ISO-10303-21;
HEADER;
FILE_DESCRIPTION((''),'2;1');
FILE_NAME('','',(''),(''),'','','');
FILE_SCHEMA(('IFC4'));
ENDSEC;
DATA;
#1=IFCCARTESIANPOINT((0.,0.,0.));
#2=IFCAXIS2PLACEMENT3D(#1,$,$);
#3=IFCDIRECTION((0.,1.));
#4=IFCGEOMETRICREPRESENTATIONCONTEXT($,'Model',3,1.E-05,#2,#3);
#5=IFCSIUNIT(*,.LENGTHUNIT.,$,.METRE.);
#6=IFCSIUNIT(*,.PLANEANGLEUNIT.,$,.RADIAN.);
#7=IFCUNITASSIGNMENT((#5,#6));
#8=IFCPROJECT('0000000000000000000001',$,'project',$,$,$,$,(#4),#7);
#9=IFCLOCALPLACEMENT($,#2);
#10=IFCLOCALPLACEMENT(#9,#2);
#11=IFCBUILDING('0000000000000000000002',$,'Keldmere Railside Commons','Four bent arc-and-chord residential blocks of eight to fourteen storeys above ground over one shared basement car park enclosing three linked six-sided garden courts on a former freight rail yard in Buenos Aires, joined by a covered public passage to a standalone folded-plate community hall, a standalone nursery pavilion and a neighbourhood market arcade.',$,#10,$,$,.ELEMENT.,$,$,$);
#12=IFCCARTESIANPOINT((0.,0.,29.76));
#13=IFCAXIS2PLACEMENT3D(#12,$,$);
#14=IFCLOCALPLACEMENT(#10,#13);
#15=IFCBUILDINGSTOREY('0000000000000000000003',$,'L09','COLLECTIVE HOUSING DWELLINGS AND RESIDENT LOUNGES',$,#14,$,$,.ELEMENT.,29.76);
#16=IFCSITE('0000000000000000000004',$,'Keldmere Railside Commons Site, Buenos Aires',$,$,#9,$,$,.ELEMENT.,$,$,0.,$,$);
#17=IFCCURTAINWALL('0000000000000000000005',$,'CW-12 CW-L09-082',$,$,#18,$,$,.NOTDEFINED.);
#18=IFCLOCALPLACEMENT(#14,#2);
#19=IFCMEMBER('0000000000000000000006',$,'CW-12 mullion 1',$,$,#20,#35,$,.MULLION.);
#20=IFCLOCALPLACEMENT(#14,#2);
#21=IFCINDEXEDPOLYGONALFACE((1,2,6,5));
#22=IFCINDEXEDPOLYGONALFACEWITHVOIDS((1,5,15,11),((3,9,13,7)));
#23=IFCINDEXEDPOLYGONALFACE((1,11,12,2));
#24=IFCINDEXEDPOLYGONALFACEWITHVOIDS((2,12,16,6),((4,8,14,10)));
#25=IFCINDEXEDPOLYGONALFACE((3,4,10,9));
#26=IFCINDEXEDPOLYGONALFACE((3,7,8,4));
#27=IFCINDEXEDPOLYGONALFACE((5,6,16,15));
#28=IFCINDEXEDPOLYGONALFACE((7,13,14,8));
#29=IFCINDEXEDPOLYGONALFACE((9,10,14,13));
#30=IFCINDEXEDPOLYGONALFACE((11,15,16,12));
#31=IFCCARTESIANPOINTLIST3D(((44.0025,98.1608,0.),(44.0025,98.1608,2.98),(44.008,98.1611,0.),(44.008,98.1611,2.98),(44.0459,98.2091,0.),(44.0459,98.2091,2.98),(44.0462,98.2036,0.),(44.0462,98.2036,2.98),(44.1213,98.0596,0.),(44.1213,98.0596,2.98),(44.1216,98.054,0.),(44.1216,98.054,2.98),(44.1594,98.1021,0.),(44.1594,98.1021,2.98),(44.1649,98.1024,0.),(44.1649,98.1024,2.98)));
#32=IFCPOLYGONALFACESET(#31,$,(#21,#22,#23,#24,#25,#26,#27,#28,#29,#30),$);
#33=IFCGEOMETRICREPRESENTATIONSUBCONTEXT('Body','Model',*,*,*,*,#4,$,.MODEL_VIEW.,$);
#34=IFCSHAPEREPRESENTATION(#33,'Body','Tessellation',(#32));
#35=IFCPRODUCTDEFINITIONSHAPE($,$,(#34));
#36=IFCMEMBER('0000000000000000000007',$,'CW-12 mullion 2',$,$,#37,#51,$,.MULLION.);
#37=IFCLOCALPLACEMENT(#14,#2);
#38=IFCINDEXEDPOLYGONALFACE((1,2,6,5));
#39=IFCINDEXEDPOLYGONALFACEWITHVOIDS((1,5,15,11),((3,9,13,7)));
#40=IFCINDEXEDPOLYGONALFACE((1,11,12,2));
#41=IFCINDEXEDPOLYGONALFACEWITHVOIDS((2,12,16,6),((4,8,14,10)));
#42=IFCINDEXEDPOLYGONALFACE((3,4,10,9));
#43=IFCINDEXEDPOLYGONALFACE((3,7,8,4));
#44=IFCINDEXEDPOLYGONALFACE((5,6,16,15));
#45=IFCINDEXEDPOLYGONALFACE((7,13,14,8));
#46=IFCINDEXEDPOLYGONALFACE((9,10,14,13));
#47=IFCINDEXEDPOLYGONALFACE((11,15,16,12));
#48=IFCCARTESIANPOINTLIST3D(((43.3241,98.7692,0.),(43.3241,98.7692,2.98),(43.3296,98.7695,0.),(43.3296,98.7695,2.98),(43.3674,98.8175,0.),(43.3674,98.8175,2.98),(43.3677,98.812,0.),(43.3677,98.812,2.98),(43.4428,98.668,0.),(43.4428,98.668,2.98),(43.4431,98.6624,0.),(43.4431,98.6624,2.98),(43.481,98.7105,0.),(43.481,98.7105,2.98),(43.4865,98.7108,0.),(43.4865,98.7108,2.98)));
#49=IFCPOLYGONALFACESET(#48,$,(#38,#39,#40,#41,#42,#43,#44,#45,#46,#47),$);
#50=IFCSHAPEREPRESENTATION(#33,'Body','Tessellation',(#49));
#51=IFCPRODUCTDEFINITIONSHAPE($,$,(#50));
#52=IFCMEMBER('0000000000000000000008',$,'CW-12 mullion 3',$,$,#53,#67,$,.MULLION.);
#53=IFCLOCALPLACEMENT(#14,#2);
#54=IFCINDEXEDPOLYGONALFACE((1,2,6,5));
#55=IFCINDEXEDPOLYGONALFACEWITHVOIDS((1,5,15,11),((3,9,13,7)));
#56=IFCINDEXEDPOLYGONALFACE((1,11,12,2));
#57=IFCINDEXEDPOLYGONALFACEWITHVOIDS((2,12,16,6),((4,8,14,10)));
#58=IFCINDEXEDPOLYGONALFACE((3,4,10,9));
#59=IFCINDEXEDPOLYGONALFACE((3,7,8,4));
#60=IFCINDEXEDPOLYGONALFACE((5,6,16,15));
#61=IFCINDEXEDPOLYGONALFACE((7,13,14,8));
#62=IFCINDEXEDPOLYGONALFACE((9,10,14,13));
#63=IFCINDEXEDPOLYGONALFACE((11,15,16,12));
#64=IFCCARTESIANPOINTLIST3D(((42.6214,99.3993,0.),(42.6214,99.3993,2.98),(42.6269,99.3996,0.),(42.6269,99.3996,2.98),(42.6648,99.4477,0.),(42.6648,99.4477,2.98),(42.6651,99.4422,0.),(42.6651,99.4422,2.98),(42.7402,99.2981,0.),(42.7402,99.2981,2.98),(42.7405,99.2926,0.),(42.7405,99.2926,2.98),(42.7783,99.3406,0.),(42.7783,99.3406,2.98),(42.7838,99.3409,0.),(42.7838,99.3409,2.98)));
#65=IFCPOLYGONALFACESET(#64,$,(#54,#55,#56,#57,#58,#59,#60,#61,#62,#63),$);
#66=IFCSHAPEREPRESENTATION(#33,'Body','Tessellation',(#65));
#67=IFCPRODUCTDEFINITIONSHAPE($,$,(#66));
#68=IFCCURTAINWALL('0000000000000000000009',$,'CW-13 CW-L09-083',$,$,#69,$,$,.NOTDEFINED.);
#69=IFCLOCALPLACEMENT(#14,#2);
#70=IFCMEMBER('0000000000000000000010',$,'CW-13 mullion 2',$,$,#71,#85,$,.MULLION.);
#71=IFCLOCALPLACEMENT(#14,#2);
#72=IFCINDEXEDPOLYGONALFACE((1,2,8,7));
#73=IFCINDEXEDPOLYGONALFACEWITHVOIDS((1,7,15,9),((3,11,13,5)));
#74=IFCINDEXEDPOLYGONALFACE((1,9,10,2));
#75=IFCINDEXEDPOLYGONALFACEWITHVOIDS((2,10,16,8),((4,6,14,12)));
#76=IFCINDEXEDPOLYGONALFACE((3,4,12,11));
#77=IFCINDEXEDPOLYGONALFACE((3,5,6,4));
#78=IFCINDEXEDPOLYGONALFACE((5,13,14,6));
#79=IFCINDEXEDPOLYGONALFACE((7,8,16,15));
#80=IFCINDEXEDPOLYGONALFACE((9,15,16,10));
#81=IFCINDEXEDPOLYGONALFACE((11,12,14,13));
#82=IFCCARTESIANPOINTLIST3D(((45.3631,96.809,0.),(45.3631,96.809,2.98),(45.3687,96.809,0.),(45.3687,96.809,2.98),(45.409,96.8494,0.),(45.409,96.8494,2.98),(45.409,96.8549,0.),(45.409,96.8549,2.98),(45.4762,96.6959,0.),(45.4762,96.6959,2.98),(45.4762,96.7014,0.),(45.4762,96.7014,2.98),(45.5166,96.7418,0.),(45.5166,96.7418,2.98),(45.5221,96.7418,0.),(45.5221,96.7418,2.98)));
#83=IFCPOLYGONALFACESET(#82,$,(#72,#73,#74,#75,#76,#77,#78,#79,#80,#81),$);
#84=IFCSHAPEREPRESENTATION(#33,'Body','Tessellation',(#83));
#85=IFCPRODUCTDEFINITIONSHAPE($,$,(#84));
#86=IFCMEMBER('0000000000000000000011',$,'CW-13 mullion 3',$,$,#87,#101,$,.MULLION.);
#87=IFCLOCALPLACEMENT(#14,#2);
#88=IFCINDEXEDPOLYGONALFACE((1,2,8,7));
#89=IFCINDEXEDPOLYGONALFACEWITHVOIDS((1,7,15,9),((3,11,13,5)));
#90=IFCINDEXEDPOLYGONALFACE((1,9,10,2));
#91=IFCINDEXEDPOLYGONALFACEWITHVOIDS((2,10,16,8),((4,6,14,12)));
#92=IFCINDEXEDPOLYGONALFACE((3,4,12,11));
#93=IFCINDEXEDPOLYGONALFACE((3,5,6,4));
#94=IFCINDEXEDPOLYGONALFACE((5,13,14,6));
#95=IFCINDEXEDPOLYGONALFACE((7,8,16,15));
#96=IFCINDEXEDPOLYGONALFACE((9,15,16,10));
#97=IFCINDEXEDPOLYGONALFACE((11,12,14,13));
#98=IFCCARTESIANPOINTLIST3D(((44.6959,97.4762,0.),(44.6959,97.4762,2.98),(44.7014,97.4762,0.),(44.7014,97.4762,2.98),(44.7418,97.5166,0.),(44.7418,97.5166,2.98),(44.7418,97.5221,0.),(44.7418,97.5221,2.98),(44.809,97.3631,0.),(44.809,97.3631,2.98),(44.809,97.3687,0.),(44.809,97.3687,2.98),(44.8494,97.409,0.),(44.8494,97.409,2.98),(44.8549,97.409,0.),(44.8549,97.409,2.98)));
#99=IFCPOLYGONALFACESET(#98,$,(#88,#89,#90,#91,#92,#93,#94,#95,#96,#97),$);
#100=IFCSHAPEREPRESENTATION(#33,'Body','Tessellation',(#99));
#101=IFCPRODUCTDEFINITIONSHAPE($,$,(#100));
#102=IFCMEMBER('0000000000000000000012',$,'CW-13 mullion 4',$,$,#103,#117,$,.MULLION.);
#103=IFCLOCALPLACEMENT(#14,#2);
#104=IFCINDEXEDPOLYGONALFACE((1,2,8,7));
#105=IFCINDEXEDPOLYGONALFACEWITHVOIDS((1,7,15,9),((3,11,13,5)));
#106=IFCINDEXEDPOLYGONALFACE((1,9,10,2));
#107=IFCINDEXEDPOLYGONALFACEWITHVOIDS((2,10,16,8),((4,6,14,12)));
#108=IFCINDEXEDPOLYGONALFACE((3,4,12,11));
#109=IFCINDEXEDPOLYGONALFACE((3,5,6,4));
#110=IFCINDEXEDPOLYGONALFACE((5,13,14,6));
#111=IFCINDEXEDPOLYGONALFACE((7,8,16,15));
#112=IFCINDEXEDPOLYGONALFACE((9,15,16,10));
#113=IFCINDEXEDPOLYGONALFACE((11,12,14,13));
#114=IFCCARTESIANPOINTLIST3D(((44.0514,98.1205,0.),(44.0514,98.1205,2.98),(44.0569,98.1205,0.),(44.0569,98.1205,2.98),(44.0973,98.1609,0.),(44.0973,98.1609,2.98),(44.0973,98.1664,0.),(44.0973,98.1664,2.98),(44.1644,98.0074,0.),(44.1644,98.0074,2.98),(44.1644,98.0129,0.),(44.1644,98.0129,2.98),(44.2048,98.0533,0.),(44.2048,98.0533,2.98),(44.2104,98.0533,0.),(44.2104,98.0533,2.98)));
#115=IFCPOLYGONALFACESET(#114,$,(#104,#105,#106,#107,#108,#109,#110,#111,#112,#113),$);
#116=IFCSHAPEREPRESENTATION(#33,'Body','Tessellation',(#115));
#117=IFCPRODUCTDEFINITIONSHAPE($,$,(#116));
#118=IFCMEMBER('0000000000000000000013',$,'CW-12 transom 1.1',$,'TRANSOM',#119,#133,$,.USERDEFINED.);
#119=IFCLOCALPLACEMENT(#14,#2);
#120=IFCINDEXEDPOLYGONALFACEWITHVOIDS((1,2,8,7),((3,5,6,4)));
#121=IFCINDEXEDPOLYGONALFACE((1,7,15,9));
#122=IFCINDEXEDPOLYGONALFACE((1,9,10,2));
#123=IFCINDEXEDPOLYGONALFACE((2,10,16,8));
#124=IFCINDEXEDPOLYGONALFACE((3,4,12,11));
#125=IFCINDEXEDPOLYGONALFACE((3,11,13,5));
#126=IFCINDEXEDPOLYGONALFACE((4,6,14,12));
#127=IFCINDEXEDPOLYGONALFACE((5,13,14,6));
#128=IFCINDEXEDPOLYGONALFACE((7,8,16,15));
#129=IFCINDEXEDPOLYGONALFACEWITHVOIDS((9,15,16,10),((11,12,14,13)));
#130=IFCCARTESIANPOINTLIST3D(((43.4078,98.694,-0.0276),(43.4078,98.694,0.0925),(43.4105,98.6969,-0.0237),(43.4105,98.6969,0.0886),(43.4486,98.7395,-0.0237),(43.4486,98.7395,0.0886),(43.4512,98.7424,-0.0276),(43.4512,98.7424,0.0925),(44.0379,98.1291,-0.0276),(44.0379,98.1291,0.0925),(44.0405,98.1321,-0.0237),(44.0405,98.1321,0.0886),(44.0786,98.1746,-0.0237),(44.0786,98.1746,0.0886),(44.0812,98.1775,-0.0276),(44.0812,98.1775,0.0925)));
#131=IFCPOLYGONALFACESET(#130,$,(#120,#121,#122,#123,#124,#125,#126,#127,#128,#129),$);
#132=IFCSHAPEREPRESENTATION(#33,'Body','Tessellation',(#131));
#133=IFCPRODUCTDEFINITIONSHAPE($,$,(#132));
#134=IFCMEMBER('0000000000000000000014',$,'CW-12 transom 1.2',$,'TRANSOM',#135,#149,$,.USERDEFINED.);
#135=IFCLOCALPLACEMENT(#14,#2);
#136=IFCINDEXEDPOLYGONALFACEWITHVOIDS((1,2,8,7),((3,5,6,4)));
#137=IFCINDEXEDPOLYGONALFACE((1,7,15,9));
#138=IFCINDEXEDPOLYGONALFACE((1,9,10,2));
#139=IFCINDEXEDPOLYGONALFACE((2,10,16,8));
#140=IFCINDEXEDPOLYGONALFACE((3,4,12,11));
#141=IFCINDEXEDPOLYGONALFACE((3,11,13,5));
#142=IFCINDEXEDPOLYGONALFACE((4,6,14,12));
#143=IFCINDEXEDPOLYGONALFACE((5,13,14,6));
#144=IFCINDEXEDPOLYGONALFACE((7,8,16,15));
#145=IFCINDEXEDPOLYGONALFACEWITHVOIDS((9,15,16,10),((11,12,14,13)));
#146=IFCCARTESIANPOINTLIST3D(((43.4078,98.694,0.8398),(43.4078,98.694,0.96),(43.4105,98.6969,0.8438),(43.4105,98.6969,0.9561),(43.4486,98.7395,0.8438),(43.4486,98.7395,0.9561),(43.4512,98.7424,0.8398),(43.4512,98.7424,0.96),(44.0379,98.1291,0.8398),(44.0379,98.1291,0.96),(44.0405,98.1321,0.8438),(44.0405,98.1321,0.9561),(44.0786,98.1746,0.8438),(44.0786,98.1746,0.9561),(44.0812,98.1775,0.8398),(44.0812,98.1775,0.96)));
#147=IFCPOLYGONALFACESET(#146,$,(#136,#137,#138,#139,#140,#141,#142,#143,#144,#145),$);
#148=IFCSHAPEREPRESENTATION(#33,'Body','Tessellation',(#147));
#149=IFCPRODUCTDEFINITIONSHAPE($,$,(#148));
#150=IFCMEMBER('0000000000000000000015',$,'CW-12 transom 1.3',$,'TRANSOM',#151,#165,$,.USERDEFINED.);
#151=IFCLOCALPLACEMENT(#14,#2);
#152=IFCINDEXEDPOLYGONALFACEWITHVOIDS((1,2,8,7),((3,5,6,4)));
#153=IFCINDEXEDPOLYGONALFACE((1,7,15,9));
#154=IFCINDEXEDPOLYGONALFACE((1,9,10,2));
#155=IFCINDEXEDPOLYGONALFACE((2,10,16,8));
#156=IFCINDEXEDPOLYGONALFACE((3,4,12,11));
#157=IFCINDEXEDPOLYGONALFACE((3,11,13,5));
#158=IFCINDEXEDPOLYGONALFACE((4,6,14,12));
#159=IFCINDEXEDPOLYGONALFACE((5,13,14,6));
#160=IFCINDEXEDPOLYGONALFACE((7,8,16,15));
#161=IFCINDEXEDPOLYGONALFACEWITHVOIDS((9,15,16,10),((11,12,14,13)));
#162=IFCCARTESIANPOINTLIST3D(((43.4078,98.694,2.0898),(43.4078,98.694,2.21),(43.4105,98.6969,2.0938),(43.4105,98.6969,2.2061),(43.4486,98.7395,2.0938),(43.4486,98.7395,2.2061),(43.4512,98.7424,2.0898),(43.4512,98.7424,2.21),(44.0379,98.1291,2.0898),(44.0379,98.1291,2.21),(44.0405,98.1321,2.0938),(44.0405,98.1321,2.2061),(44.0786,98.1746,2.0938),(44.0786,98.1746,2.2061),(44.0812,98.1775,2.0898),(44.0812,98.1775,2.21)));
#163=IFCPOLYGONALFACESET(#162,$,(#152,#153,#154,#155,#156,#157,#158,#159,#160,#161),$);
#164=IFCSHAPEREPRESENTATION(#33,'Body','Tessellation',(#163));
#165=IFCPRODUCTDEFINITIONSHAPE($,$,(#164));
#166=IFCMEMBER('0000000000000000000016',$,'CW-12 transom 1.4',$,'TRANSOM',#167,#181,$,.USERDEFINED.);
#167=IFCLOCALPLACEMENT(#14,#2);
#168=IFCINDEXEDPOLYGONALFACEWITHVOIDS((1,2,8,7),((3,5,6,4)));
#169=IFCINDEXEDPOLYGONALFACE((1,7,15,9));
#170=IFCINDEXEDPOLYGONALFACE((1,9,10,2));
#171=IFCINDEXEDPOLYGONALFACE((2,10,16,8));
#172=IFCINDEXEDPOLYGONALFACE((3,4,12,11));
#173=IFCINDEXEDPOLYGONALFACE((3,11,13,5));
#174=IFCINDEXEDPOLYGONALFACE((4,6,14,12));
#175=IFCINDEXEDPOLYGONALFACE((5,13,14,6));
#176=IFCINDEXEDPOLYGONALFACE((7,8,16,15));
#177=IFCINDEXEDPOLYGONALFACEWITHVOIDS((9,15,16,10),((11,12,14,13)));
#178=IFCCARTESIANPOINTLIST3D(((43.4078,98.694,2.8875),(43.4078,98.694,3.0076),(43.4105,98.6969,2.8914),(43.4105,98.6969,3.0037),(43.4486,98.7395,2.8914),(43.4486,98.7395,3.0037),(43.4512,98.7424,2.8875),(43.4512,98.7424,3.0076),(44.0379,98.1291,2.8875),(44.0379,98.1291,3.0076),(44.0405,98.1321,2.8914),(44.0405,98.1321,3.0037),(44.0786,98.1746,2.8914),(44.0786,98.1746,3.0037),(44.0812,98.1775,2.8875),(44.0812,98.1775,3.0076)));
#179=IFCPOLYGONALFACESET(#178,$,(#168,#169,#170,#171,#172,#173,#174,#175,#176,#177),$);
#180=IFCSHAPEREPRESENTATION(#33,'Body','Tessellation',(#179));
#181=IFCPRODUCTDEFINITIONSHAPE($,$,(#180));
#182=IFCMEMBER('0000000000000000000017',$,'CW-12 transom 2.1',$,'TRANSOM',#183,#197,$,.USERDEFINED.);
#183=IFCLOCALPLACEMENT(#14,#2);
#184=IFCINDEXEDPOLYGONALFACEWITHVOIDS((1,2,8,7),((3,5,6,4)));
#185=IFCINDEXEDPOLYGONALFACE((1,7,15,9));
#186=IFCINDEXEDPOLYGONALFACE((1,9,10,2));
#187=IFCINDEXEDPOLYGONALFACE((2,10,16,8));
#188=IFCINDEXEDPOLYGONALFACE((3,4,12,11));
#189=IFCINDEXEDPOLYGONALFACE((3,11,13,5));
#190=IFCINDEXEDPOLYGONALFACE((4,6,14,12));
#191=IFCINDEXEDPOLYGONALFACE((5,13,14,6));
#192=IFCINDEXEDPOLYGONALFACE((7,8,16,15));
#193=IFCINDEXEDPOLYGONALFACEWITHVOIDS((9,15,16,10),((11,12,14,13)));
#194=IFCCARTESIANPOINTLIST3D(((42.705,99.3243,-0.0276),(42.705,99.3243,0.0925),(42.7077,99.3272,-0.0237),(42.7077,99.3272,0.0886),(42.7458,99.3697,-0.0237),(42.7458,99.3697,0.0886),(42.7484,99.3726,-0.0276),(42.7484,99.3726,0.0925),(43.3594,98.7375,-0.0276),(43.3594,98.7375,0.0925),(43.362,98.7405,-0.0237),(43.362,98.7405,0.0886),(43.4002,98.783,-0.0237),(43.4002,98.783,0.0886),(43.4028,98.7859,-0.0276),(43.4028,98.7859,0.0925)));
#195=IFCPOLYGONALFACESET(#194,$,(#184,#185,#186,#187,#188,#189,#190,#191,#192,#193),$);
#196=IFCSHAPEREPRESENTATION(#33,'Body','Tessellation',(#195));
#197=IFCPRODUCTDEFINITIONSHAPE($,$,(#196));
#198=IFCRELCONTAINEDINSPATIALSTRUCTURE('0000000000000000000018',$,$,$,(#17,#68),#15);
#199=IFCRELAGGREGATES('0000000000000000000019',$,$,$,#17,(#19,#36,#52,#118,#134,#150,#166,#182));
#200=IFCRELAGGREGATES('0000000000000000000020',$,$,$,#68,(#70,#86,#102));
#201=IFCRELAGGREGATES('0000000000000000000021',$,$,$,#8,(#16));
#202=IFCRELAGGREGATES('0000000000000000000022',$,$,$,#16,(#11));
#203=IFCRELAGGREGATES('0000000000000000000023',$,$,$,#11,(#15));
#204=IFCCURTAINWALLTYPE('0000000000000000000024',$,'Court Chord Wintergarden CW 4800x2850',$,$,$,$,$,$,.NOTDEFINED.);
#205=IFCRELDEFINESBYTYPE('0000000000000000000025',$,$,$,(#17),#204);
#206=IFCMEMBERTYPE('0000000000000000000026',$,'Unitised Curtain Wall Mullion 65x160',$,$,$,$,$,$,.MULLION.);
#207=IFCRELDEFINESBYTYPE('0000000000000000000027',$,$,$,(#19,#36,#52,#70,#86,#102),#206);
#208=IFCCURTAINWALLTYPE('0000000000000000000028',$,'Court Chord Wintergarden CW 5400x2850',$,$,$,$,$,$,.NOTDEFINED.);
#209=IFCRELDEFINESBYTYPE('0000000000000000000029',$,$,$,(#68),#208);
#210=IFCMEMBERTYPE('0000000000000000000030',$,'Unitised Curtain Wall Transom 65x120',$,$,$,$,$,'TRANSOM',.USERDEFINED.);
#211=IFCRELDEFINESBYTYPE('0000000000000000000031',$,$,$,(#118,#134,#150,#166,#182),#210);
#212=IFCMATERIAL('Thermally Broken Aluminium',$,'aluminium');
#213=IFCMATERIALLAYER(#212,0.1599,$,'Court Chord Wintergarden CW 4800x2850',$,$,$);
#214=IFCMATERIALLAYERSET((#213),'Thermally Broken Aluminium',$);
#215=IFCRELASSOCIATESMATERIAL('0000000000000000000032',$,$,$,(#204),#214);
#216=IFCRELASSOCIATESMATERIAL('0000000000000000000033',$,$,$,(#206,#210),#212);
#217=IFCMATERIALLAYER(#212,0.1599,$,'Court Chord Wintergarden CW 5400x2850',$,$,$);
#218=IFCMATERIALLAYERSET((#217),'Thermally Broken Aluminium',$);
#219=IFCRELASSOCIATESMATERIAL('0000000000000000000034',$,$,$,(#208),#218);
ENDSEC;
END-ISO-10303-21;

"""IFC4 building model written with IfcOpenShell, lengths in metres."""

from ifc_helpers import new_model, si_unit, direction, frame, origin, origin_2d, place, context, subcontext, project, spatial, hollow_rectangle, extrude, material, layer, layer_set, material_profile, profile_set, type_object, element, aggregate, save


model = new_model("IFC4")

# Units and contexts
model_context = context("Model", 3, precision=1e-05, world=origin(), true_north=direction((0.0, 1.0)))
body_context = subcontext(model_context, "Body", "Model", "MODEL_VIEW")
ifc_project = project(units=[si_unit("LENGTHUNIT", "METRE"), si_unit("PLANEANGLEUNIT", "RADIAN")], contexts=[model_context])

# Site, building, storey
site_placement = place(None, origin())
site = spatial("IfcSite", under=ifc_project, at=site_placement, Name="Keldmere Railside Commons Site, Buenos Aires", CompositionType="ELEMENT", RefElevation=0.0)
building_placement = place(site_placement, origin())
building = spatial("IfcBuilding", under=site, at=building_placement, Name="Keldmere Railside Commons", Description="Four bent arc-and-chord residential blocks of eight to fourteen storeys above ground over one shared basement car park enclosing three linked six-sided garden courts on a former freight rail yard in Buenos Aires, joined by a covered public passage to a standalone folded-plate community hall, a standalone nursery pavilion and a neighbourhood market arcade.", CompositionType="ELEMENT")
storey_placement = place(building_placement, frame((0.0, 0.0, 29.76)))
storey = spatial("IfcBuildingStorey", under=building, at=storey_placement, Name="L09", Description="COLLECTIVE HOUSING DWELLINGS AND RESIDENT LOUNGES", CompositionType="ELEMENT", Elevation=29.76)

# Curtain walls, members
ifc_material_1 = material(Name="Thermally Broken Aluminium", Category="aluminium")
ifc_layer_1 = layer(ifc_material_1, 0.1599, Name="Court Chord Wintergarden CW 4800x2850")
ifc_layer_set_1 = layer_set([ifc_layer_1], Name="Thermally Broken Aluminium")
curtain_wall_type_1 = type_object("IfcCurtainWallType", Name="Court Chord Wintergarden CW 4800x2850", PredefinedType="NOTDEFINED", material=ifc_layer_set_1)
curtain_wall_1_placement = place(storey_placement, origin())
curtain_wall_1 = element("IfcCurtainWall", 1, at=curtain_wall_1_placement, inside=storey, type_object=curtain_wall_type_1, Name="CW-12 CW-L09-082", PredefinedType="NOTDEFINED")
ifc_material_profile_1 = material_profile(ifc_material_1, hollow_rectangle(XDim=0.0649, YDim=0.1599, WallThickness=0.0039, at=origin_2d()), Name="ALU-MULL-65x160")
ifc_profile_set_1 = profile_set([ifc_material_profile_1], Name="Thermally Broken Aluminium")
member_type_1 = type_object("IfcMemberType", Name="Unitised Curtain Wall Mullion 65x160", PredefinedType="MULLION", material=ifc_profile_set_1)
member_1_placement = place(storey_placement, frame((44.0837, 98.1316, 0.0), z_axis=(0.0, 0.0, 1.0), x_axis=(-0.667559, -0.744557, 0.0)))
member_1 = element("IfcMember", 2, at=member_1_placement, type_object=member_type_1, Name="CW-12 mullion 1", PredefinedType="MULLION", context=body_context, shape_type="SweptSolid", body=[
    extrude(hollow_rectangle(XDim=0.0649, YDim=0.1599, WallThickness=0.0039, at=origin_2d()), origin(), (0.0, 0.0, 1.0), 2.98),
])
member_2_placement = place(storey_placement, frame((43.4053, 98.74, 0.0), z_axis=(0.0, 0.0, 1.0), x_axis=(-0.667559, -0.744557, 0.0)))
member_2 = element("IfcMember", 3, at=member_2_placement, type_object=member_type_1, Name="CW-12 mullion 2", PredefinedType="MULLION", context=body_context, shape_type="SweptSolid", body=[
    extrude(hollow_rectangle(XDim=0.0649, YDim=0.1599, WallThickness=0.0039, at=origin_2d()), origin(), (0.0, 0.0, 1.0), 2.98),
])
member_3_placement = place(storey_placement, frame((42.7026, 99.3701, 0.0), z_axis=(0.0, 0.0, 1.0), x_axis=(-0.667559, -0.744557, 0.0)))
member_3 = element("IfcMember", 4, at=member_3_placement, type_object=member_type_1, Name="CW-12 mullion 3", PredefinedType="MULLION", context=body_context, shape_type="SweptSolid", body=[
    extrude(hollow_rectangle(XDim=0.0649, YDim=0.1599, WallThickness=0.0039, at=origin_2d()), origin(), (0.0, 0.0, 1.0), 2.98),
])
ifc_layer_2 = layer(ifc_material_1, 0.1599, Name="Court Chord Wintergarden CW 5400x2850")
ifc_layer_set_2 = layer_set([ifc_layer_2], Name="Thermally Broken Aluminium")
curtain_wall_type_2 = type_object("IfcCurtainWallType", Name="Court Chord Wintergarden CW 5400x2850", PredefinedType="NOTDEFINED", material=ifc_layer_set_2)
curtain_wall_2_placement = place(storey_placement, origin())
curtain_wall_2 = element("IfcCurtainWall", 5, at=curtain_wall_2_placement, inside=storey, type_object=curtain_wall_type_2, Name="CW-13 CW-L09-083", PredefinedType="NOTDEFINED")
member_4_placement = place(storey_placement, frame((45.4426, 96.7754, 0.0), z_axis=(0.0, 0.0, 1.0), x_axis=(-0.707107, -0.707107, 0.0)))
member_4 = element("IfcMember", 6, at=member_4_placement, type_object=member_type_1, Name="CW-13 mullion 2", PredefinedType="MULLION", context=body_context, shape_type="SweptSolid", body=[
    extrude(hollow_rectangle(XDim=0.0649, YDim=0.1599, WallThickness=0.0039, at=origin_2d()), origin(), (0.0, 0.0, 1.0), 2.98),
])
member_5_placement = place(storey_placement, frame((44.7754, 97.4426, 0.0), z_axis=(0.0, 0.0, 1.0), x_axis=(-0.707107, -0.707107, 0.0)))
member_5 = element("IfcMember", 7, at=member_5_placement, type_object=member_type_1, Name="CW-13 mullion 3", PredefinedType="MULLION", context=body_context, shape_type="SweptSolid", body=[
    extrude(hollow_rectangle(XDim=0.0649, YDim=0.1599, WallThickness=0.0039, at=origin_2d()), origin(), (0.0, 0.0, 1.0), 2.98),
])
member_6_placement = place(storey_placement, frame((44.1309, 98.0869, 0.0), z_axis=(0.0, 0.0, 1.0), x_axis=(-0.707107, -0.707107, 0.0)))
member_6 = element("IfcMember", 8, at=member_6_placement, type_object=member_type_1, Name="CW-13 mullion 4", PredefinedType="MULLION", context=body_context, shape_type="SweptSolid", body=[
    extrude(hollow_rectangle(XDim=0.0649, YDim=0.1599, WallThickness=0.0039, at=origin_2d()), origin(), (0.0, 0.0, 1.0), 2.98),
])

# Members
ifc_material_profile_2 = material_profile(ifc_material_1, hollow_rectangle(XDim=0.0649, YDim=0.1201, WallThickness=0.0039, at=origin_2d()), Name="ALU-TRAN-65x120")
ifc_profile_set_2 = profile_set([ifc_material_profile_2], Name="Thermally Broken Aluminium")
member_type_2 = type_object("IfcMemberType", Name="Unitised Curtain Wall Transom 65x120", ElementType="TRANSOM", PredefinedType="USERDEFINED", material=ifc_profile_set_2)
member_7_placement = place(storey_placement, frame((44.0596, 98.1533, 0.0325), z_axis=(-0.744569, 0.667545, 0.0), x_axis=(-0.667545, -0.744569, 0.0)))
member_7 = element("IfcMember", 9, at=member_7_placement, type_object=member_type_2, Name="CW-12 transom 1.1", ObjectType="TRANSOM", PredefinedType="USERDEFINED", context=body_context, shape_type="SweptSolid", body=[
    extrude(hollow_rectangle(XDim=0.0649, YDim=0.1201, WallThickness=0.0039, at=origin_2d()), origin(), (0.0, 0.0, 1.0), 0.8462),
])
member_8_placement = place(storey_placement, frame((44.0596, 98.1533, 0.8999), z_axis=(-0.744569, 0.667545, 0.0), x_axis=(-0.667545, -0.744569, 0.0)))
member_8 = element("IfcMember", 10, at=member_8_placement, type_object=member_type_2, Name="CW-12 transom 1.2", ObjectType="TRANSOM", PredefinedType="USERDEFINED", context=body_context, shape_type="SweptSolid", body=[
    extrude(hollow_rectangle(XDim=0.0649, YDim=0.1201, WallThickness=0.0039, at=origin_2d()), origin(), (0.0, 0.0, 1.0), 0.8462),
])
member_9_placement = place(storey_placement, frame((44.0596, 98.1533, 2.1499), z_axis=(-0.744569, 0.667545, 0.0), x_axis=(-0.667545, -0.744569, 0.0)))
member_9 = element("IfcMember", 11, at=member_9_placement, type_object=member_type_2, Name="CW-12 transom 1.3", ObjectType="TRANSOM", PredefinedType="USERDEFINED", context=body_context, shape_type="SweptSolid", body=[
    extrude(hollow_rectangle(XDim=0.0649, YDim=0.1201, WallThickness=0.0039, at=origin_2d()), origin(), (0.0, 0.0, 1.0), 0.8462),
])
member_10_placement = place(storey_placement, frame((44.0596, 98.1533, 2.9475), z_axis=(-0.744569, 0.667545, 0.0), x_axis=(-0.667545, -0.744569, 0.0)))
member_10 = element("IfcMember", 12, at=member_10_placement, type_object=member_type_2, Name="CW-12 transom 1.4", ObjectType="TRANSOM", PredefinedType="USERDEFINED", context=body_context, shape_type="SweptSolid", body=[
    extrude(hollow_rectangle(XDim=0.0649, YDim=0.1201, WallThickness=0.0039, at=origin_2d()), origin(), (0.0, 0.0, 1.0), 0.8462),
])
member_11_placement = place(storey_placement, frame((43.3811, 98.7617, 0.0325), z_axis=(-0.744536, 0.667582, 0.0), x_axis=(-0.667582, -0.744536, 0.0)))
member_11 = element("IfcMember", 13, at=member_11_placement, type_object=member_type_2, Name="CW-12 transom 2.1", ObjectType="TRANSOM", PredefinedType="USERDEFINED", context=body_context, shape_type="SweptSolid", body=[
    extrude(hollow_rectangle(XDim=0.0649, YDim=0.1201, WallThickness=0.0039, at=origin_2d()), origin(), (0.0, 0.0, 1.0), 0.8789),
])

aggregate(curtain_wall_1, [member_1, member_2, member_3, member_7, member_8, member_9, member_10, member_11])
aggregate(curtain_wall_2, [member_4, member_5, member_6])

save(model, "model.ifc")
